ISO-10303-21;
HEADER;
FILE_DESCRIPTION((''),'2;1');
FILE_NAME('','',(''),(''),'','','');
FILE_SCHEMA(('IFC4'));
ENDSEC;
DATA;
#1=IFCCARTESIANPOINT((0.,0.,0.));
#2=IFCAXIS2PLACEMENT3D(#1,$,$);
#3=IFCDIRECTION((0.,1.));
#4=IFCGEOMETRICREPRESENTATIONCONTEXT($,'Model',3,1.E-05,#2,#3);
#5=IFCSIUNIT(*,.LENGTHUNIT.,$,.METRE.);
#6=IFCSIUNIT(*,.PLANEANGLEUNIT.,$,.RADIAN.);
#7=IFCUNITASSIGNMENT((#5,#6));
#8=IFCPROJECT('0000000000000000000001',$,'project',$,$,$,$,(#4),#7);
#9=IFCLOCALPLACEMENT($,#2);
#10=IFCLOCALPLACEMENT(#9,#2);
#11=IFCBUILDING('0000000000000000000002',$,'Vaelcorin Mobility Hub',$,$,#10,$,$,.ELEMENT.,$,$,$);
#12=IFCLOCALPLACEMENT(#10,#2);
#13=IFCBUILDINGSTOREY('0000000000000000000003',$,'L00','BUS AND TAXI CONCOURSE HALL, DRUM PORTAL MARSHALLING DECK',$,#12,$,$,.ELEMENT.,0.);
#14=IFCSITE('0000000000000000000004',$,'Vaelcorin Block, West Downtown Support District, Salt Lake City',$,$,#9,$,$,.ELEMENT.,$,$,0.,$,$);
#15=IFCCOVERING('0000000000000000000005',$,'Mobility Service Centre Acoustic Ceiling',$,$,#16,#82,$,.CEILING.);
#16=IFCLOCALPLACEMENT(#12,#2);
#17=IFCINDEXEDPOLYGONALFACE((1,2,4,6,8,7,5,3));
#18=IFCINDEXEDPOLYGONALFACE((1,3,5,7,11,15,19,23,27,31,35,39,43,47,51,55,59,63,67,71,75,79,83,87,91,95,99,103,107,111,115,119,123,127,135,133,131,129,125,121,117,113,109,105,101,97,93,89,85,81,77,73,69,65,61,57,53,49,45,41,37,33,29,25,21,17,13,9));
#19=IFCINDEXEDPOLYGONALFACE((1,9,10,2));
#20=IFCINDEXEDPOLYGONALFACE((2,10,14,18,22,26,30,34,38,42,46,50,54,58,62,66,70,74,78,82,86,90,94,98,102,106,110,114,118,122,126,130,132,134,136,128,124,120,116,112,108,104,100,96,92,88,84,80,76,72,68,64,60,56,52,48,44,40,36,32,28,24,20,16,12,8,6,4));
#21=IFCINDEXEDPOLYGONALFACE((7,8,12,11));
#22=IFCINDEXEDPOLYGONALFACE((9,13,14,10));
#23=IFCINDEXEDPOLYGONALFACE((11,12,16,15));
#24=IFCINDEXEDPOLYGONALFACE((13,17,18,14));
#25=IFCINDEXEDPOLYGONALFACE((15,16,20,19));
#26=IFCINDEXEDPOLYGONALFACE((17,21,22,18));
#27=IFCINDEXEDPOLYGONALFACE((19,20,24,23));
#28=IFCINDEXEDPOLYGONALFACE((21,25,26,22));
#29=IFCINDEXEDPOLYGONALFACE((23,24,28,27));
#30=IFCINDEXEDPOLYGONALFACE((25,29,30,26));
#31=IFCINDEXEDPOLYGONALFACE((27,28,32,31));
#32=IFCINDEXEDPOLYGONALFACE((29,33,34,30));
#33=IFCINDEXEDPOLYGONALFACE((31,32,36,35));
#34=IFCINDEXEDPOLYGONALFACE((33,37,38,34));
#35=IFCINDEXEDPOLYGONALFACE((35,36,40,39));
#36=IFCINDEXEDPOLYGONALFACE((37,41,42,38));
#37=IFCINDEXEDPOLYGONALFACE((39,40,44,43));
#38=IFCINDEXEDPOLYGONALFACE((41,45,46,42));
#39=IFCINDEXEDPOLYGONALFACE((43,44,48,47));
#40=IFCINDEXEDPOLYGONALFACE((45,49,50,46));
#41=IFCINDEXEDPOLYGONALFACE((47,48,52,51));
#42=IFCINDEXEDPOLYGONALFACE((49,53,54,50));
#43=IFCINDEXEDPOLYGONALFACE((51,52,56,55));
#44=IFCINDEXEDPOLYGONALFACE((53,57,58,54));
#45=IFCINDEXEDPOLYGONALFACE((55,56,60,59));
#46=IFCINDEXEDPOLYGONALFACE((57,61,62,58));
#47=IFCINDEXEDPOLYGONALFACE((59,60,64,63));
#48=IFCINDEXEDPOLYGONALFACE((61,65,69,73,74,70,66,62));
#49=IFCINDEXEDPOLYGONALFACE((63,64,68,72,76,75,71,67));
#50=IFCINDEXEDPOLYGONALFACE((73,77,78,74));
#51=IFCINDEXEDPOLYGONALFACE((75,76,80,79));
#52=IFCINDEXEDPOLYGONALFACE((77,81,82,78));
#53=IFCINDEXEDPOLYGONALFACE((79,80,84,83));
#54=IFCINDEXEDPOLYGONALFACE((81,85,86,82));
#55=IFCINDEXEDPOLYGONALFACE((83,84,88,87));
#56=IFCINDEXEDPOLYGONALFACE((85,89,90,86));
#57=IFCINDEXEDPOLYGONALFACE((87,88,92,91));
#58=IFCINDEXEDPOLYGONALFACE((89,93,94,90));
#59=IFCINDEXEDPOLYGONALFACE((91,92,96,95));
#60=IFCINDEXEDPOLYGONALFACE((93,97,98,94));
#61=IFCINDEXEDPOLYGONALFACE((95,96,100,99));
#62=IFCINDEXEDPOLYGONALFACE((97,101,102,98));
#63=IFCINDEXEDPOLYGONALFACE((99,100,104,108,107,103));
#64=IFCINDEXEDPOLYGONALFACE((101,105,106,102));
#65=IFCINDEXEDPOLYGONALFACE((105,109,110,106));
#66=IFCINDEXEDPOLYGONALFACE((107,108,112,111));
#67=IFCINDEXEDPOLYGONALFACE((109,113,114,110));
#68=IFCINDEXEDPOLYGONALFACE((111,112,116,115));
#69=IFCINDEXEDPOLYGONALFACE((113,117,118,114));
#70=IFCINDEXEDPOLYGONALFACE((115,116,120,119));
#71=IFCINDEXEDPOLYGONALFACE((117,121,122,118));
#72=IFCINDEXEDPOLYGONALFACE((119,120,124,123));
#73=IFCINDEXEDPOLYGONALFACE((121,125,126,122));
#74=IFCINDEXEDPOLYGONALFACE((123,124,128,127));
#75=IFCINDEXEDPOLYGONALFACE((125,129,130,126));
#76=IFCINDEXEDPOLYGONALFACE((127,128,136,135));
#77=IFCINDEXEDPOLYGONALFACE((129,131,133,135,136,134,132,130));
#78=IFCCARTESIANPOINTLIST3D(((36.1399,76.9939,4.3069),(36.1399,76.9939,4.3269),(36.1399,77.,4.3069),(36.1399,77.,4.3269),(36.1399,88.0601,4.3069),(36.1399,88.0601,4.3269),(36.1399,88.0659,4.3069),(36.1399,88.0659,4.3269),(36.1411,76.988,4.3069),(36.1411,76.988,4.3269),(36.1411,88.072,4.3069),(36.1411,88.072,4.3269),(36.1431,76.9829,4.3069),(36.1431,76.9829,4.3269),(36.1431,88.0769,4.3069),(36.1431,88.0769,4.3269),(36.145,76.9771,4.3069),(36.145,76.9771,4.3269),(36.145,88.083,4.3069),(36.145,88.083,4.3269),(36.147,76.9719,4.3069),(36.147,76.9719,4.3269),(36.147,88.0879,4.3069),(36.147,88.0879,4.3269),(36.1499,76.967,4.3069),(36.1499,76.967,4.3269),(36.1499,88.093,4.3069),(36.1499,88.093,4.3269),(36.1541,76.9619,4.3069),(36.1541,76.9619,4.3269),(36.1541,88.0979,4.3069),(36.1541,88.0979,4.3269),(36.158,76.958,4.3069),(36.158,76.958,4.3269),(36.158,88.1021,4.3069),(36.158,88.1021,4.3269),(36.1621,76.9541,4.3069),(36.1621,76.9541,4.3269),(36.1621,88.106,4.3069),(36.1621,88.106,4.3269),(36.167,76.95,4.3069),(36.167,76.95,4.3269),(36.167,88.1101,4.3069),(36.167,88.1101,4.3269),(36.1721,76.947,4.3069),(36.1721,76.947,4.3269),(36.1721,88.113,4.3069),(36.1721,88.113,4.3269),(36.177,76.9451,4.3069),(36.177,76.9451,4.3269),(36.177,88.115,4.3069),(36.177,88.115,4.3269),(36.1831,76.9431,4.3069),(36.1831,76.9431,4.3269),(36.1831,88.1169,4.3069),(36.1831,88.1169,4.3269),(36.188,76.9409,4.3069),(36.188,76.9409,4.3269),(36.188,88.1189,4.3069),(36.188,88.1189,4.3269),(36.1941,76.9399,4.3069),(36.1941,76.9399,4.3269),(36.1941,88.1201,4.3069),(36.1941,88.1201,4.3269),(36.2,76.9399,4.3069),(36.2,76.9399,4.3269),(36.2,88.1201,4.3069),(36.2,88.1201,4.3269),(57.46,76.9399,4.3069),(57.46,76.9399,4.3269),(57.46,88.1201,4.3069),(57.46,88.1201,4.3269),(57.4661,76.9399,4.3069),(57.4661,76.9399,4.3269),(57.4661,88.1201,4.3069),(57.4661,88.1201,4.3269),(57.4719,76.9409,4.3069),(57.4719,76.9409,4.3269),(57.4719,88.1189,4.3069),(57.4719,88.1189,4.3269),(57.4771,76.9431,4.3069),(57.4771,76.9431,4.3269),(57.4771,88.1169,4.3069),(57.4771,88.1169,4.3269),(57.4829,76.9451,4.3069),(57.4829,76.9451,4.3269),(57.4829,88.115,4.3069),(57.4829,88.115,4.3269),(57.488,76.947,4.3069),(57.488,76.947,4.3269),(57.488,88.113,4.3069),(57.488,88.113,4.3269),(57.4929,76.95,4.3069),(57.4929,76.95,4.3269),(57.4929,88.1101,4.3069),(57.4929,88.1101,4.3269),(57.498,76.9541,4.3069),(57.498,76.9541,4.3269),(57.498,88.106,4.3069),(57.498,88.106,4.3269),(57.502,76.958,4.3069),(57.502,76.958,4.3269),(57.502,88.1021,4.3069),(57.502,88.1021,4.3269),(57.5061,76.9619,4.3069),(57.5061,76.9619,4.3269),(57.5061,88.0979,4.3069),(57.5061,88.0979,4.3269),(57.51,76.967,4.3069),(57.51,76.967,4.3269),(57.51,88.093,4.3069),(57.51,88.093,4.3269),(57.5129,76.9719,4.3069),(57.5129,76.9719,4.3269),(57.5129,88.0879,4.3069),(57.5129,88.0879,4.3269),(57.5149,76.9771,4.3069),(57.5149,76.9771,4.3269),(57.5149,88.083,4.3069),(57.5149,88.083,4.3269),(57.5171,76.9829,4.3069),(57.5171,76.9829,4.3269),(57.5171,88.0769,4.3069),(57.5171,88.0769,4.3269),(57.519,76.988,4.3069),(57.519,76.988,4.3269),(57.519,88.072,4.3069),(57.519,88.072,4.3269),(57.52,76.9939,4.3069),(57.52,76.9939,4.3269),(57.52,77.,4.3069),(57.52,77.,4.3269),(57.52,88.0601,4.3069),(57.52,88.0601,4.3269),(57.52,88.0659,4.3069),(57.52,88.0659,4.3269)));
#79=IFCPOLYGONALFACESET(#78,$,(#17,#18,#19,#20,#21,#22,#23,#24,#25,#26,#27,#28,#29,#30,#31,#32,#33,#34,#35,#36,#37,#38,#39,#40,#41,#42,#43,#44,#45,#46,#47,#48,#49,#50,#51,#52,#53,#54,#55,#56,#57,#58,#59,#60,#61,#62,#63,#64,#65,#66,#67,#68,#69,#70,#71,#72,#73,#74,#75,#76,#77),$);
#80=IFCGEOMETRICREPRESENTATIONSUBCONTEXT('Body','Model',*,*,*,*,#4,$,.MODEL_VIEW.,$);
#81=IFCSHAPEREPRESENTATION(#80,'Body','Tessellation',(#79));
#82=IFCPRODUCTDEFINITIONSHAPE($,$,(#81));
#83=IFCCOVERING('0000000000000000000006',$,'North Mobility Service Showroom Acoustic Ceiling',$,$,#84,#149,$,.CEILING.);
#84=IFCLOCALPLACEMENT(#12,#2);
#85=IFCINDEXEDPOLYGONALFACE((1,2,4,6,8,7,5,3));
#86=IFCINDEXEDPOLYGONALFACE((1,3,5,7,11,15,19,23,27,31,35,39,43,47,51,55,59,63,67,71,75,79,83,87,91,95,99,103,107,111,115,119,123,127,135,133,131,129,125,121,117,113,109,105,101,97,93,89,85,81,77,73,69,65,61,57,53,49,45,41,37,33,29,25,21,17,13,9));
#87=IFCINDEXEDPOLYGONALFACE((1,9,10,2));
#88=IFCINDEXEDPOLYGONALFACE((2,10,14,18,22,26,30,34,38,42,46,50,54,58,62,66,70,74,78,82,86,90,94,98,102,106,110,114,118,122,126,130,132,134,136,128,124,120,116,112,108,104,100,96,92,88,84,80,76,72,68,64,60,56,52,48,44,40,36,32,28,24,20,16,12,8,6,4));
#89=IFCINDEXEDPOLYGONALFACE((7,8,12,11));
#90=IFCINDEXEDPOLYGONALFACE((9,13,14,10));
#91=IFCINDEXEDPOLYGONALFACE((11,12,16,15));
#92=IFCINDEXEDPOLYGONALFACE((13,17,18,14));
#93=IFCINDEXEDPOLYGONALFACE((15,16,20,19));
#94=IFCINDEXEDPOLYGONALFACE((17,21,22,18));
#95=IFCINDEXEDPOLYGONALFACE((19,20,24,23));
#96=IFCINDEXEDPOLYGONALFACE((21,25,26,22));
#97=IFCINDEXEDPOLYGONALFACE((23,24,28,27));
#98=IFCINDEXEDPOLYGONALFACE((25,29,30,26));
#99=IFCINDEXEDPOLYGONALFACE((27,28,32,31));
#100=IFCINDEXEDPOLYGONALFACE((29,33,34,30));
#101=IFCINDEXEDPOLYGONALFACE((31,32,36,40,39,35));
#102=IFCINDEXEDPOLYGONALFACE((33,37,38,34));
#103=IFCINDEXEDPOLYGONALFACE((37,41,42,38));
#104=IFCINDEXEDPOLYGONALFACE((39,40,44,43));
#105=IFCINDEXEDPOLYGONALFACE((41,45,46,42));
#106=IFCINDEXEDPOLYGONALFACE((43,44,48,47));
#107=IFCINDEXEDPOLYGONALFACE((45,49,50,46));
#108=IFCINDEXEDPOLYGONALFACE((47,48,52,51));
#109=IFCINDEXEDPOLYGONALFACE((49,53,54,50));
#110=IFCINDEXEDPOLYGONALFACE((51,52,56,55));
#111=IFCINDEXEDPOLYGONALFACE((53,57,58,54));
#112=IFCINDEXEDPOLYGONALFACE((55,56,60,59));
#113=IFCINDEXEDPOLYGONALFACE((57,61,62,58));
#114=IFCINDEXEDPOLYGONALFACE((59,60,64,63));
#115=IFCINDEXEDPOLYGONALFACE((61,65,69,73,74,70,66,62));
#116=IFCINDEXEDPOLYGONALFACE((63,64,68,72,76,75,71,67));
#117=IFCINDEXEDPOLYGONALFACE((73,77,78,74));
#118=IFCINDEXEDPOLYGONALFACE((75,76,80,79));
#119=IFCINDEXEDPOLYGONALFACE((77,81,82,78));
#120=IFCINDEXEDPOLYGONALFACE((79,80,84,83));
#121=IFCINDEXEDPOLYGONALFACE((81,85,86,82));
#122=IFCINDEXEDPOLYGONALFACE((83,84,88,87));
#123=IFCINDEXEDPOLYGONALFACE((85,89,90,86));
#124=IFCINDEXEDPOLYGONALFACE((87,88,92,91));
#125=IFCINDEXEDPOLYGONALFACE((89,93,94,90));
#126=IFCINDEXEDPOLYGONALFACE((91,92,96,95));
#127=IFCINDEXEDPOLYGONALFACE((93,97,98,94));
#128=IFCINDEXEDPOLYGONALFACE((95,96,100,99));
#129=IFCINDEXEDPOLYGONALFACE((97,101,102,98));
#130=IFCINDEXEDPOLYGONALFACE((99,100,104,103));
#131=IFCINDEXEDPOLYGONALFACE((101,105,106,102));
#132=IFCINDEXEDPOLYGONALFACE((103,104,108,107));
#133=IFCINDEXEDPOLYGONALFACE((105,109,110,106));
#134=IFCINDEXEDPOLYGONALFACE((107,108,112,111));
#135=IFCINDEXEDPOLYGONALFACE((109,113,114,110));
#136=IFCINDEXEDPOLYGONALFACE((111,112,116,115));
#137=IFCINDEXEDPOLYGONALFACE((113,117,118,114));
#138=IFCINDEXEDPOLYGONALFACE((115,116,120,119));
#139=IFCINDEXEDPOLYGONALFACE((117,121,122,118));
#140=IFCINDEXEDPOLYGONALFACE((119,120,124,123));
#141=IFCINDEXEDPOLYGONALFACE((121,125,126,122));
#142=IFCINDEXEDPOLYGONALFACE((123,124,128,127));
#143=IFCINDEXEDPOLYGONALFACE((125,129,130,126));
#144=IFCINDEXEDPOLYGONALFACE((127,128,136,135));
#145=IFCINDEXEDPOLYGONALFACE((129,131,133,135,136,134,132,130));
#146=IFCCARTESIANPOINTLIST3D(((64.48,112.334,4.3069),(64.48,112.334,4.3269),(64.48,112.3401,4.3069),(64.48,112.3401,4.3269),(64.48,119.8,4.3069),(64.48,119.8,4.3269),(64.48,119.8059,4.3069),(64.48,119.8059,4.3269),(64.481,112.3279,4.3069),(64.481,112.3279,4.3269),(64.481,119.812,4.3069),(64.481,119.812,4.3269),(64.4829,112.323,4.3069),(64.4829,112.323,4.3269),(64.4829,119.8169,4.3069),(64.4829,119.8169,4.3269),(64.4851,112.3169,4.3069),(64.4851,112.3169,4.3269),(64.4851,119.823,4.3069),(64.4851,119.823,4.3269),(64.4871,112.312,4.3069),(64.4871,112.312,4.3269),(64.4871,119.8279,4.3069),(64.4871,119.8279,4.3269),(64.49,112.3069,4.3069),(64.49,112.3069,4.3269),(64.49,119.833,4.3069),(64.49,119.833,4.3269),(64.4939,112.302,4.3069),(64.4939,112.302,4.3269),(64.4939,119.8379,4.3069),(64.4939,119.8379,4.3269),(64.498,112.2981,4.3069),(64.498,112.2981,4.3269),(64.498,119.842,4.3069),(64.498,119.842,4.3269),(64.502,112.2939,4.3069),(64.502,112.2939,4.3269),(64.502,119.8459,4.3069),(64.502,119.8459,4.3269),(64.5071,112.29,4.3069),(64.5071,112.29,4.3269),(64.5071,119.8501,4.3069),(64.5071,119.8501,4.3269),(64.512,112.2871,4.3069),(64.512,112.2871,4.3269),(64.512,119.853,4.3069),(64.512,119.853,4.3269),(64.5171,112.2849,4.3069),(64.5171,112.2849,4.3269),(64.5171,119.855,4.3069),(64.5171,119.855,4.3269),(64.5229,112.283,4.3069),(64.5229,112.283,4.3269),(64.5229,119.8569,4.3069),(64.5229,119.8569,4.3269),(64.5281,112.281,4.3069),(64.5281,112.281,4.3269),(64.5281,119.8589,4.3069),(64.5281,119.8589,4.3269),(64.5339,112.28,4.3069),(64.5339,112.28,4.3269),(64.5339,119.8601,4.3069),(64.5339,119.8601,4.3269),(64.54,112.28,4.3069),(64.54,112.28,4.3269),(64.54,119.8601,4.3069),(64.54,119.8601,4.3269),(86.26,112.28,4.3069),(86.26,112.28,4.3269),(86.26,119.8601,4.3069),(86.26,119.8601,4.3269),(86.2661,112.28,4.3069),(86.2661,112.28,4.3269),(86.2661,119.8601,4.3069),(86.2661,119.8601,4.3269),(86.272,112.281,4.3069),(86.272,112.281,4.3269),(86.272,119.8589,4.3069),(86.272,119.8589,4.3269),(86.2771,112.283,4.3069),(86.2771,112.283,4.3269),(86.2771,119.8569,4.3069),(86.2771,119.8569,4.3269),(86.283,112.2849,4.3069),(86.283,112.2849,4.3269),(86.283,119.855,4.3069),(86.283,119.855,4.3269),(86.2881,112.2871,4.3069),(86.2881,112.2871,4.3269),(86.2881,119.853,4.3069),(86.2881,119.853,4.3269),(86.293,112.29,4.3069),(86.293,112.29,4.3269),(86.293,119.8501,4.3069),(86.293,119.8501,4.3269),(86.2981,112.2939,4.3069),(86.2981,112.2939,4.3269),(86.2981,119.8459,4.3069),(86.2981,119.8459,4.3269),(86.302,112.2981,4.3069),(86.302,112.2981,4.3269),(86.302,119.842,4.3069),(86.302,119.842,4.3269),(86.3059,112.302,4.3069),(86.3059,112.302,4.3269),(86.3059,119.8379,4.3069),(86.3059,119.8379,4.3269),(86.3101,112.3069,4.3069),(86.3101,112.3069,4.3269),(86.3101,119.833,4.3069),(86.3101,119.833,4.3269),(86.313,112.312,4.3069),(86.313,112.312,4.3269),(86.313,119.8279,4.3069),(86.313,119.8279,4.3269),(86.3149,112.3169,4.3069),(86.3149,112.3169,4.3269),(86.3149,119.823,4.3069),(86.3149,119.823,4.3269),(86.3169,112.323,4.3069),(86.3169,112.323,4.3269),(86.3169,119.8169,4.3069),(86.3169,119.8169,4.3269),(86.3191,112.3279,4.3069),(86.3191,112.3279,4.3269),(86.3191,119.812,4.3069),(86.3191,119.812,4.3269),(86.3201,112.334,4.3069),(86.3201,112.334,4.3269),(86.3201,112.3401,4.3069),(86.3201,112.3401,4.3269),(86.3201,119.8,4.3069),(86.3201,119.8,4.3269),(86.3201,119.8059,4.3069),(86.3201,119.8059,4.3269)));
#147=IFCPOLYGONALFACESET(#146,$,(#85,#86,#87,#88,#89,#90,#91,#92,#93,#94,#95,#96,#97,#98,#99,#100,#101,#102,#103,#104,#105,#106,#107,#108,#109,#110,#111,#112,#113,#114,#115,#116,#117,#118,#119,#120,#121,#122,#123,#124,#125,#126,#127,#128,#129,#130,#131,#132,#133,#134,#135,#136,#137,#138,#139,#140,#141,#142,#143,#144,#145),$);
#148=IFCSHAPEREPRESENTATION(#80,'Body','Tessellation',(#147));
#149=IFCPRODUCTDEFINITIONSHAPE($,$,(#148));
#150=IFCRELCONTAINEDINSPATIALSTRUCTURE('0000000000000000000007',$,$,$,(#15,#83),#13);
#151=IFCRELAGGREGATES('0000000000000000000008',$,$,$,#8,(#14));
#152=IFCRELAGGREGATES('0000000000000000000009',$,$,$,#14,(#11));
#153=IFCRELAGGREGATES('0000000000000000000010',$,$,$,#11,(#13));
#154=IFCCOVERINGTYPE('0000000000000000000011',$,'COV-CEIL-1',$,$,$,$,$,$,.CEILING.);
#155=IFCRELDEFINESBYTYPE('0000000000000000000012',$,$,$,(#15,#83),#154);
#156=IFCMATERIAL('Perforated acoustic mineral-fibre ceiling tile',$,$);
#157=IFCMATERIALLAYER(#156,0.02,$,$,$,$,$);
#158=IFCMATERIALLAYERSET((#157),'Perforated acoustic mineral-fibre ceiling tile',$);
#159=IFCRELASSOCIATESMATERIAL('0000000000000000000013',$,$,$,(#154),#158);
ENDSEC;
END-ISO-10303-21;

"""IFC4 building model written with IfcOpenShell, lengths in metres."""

from ifc_helpers import new_model, si_unit, direction, frame, origin, place, context, subcontext, project, spatial, polyline, outline, extrude, material, layer, layer_set, type_object, element, save


model = new_model("IFC4")

# Units and contexts
model_context = context("Model", 3, precision=1e-05, world=origin(), true_north=direction((0.0, 1.0)))
body_context = subcontext(model_context, "Body", "Model", "MODEL_VIEW")
ifc_project = project(units=[si_unit("LENGTHUNIT", "METRE"), si_unit("PLANEANGLEUNIT", "RADIAN")], contexts=[model_context])

# Site, building, storey
site_placement = place(None, origin())
site = spatial("IfcSite", under=ifc_project, at=site_placement, Name="Vaelcorin Block, West Downtown Support District, Salt Lake City", CompositionType="ELEMENT", RefElevation=0.0)
building_placement = place(site_placement, origin())
building = spatial("IfcBuilding", under=site, at=building_placement, Name="Vaelcorin Mobility Hub", CompositionType="ELEMENT")
storey_placement = place(building_placement, origin())
storey = spatial("IfcBuildingStorey", under=building, at=storey_placement, Name="L00", Description="BUS AND TAXI CONCOURSE HALL, DRUM PORTAL MARSHALLING DECK", CompositionType="ELEMENT", Elevation=0.0)

# Coverings
ifc_material_1 = material(Name="Perforated acoustic mineral-fibre ceiling tile")
ifc_layer_1 = layer(ifc_material_1, 0.02)
ifc_layer_set_1 = layer_set([ifc_layer_1], Name="Perforated acoustic mineral-fibre ceiling tile")
covering_type_1 = type_object("IfcCoveringType", Name="COV-CEIL-1", PredefinedType="CEILING", material=ifc_layer_set_1)
covering_1_placement = place(storey_placement, frame((0.0, 0.0, 4.3069)))
element("IfcCovering", 1, at=covering_1_placement, inside=storey, type_object=covering_type_1, Name="Mobility Service Centre Acoustic Ceiling", PredefinedType="CEILING", context=body_context, shape_type="SweptSolid", body=[
    extrude(outline(polyline([(36.2, 76.9399), (36.1941, 76.9399), (36.188, 76.9409), (36.1831, 76.9431), (36.177, 76.9451), (36.1721, 76.947), (36.167, 76.95), (36.1621, 76.9541), (36.158, 76.958), (36.1541, 76.9619), (36.1499, 76.967), (36.147, 76.9719), (36.145, 76.9771), (36.1431, 76.9829), (36.1411, 76.988), (36.1399, 76.9939), (36.1399, 77.0), (36.1399, 88.0601), (36.1399, 88.0659), (36.1411, 88.072), (36.1431, 88.0769), (36.145, 88.083), (36.147, 88.0879), (36.1499, 88.093), (36.1541, 88.0979), (36.158, 88.1021), (36.1621, 88.106), (36.167, 88.1101), (36.1721, 88.113), (36.177, 88.115), (36.1831, 88.1169), (36.188, 88.1189), (36.1941, 88.1201), (36.2, 88.1201), (57.46, 88.1201), (57.4661, 88.1201), (57.4719, 88.1189), (57.4771, 88.1169), (57.4829, 88.115), (57.488, 88.113), (57.4929, 88.1101), (57.498, 88.106), (57.502, 88.1021), (57.5061, 88.0979), (57.51, 88.093), (57.5129, 88.0879), (57.5149, 88.083), (57.5171, 88.0769), (57.519, 88.072), (57.52, 88.0659), (57.52, 88.0601), (57.52, 77.0), (57.52, 76.9939), (57.519, 76.988), (57.5171, 76.9829), (57.5149, 76.9771), (57.5129, 76.9719), (57.51, 76.967), (57.5061, 76.9619), (57.502, 76.958), (57.498, 76.9541), (57.4929, 76.95), (57.488, 76.947), (57.4829, 76.9451), (57.4771, 76.9431), (57.4719, 76.9409), (57.4661, 76.9399), (57.46, 76.9399), (36.2, 76.9399)])), origin(), (0.0, 0.0, 1.0), 0.02),
])
covering_2_placement = place(storey_placement, frame((0.0, 0.0, 4.3069)))
element("IfcCovering", 2, at=covering_2_placement, inside=storey, type_object=covering_type_1, Name="North Mobility Service Showroom Acoustic Ceiling", PredefinedType="CEILING", context=body_context, shape_type="SweptSolid", body=[
    extrude(outline(polyline([(64.54, 112.28), (64.5339, 112.28), (64.5281, 112.281), (64.5229, 112.283), (64.5171, 112.2849), (64.512, 112.2871), (64.5071, 112.29), (64.502, 112.2939), (64.498, 112.2981), (64.4939, 112.302), (64.49, 112.3069), (64.4871, 112.312), (64.4851, 112.3169), (64.4829, 112.323), (64.481, 112.3279), (64.48, 112.334), (64.48, 112.3401), (64.48, 119.8), (64.48, 119.8059), (64.481, 119.812), (64.4829, 119.8169), (64.4851, 119.823), (64.4871, 119.8279), (64.49, 119.833), (64.4939, 119.8379), (64.498, 119.842), (64.502, 119.8459), (64.5071, 119.8501), (64.512, 119.853), (64.5171, 119.855), (64.5229, 119.8569), (64.5281, 119.8589), (64.5339, 119.8601), (64.54, 119.8601), (86.26, 119.8601), (86.2661, 119.8601), (86.272, 119.8589), (86.2771, 119.8569), (86.283, 119.855), (86.2881, 119.853), (86.293, 119.8501), (86.2981, 119.8459), (86.302, 119.842), (86.3059, 119.8379), (86.3101, 119.833), (86.313, 119.8279), (86.3149, 119.823), (86.3169, 119.8169), (86.3191, 119.812), (86.3201, 119.8059), (86.3201, 119.8), (86.3201, 112.3401), (86.3201, 112.334), (86.3191, 112.3279), (86.3169, 112.323), (86.3149, 112.3169), (86.313, 112.312), (86.3101, 112.3069), (86.3059, 112.302), (86.302, 112.2981), (86.2981, 112.2939), (86.293, 112.29), (86.2881, 112.2871), (86.283, 112.2849), (86.2771, 112.283), (86.272, 112.281), (86.2661, 112.28), (86.26, 112.28), (64.54, 112.28)])), origin(), (0.0, 0.0, 1.0), 0.02),
])

save(model, "model.ifc")
